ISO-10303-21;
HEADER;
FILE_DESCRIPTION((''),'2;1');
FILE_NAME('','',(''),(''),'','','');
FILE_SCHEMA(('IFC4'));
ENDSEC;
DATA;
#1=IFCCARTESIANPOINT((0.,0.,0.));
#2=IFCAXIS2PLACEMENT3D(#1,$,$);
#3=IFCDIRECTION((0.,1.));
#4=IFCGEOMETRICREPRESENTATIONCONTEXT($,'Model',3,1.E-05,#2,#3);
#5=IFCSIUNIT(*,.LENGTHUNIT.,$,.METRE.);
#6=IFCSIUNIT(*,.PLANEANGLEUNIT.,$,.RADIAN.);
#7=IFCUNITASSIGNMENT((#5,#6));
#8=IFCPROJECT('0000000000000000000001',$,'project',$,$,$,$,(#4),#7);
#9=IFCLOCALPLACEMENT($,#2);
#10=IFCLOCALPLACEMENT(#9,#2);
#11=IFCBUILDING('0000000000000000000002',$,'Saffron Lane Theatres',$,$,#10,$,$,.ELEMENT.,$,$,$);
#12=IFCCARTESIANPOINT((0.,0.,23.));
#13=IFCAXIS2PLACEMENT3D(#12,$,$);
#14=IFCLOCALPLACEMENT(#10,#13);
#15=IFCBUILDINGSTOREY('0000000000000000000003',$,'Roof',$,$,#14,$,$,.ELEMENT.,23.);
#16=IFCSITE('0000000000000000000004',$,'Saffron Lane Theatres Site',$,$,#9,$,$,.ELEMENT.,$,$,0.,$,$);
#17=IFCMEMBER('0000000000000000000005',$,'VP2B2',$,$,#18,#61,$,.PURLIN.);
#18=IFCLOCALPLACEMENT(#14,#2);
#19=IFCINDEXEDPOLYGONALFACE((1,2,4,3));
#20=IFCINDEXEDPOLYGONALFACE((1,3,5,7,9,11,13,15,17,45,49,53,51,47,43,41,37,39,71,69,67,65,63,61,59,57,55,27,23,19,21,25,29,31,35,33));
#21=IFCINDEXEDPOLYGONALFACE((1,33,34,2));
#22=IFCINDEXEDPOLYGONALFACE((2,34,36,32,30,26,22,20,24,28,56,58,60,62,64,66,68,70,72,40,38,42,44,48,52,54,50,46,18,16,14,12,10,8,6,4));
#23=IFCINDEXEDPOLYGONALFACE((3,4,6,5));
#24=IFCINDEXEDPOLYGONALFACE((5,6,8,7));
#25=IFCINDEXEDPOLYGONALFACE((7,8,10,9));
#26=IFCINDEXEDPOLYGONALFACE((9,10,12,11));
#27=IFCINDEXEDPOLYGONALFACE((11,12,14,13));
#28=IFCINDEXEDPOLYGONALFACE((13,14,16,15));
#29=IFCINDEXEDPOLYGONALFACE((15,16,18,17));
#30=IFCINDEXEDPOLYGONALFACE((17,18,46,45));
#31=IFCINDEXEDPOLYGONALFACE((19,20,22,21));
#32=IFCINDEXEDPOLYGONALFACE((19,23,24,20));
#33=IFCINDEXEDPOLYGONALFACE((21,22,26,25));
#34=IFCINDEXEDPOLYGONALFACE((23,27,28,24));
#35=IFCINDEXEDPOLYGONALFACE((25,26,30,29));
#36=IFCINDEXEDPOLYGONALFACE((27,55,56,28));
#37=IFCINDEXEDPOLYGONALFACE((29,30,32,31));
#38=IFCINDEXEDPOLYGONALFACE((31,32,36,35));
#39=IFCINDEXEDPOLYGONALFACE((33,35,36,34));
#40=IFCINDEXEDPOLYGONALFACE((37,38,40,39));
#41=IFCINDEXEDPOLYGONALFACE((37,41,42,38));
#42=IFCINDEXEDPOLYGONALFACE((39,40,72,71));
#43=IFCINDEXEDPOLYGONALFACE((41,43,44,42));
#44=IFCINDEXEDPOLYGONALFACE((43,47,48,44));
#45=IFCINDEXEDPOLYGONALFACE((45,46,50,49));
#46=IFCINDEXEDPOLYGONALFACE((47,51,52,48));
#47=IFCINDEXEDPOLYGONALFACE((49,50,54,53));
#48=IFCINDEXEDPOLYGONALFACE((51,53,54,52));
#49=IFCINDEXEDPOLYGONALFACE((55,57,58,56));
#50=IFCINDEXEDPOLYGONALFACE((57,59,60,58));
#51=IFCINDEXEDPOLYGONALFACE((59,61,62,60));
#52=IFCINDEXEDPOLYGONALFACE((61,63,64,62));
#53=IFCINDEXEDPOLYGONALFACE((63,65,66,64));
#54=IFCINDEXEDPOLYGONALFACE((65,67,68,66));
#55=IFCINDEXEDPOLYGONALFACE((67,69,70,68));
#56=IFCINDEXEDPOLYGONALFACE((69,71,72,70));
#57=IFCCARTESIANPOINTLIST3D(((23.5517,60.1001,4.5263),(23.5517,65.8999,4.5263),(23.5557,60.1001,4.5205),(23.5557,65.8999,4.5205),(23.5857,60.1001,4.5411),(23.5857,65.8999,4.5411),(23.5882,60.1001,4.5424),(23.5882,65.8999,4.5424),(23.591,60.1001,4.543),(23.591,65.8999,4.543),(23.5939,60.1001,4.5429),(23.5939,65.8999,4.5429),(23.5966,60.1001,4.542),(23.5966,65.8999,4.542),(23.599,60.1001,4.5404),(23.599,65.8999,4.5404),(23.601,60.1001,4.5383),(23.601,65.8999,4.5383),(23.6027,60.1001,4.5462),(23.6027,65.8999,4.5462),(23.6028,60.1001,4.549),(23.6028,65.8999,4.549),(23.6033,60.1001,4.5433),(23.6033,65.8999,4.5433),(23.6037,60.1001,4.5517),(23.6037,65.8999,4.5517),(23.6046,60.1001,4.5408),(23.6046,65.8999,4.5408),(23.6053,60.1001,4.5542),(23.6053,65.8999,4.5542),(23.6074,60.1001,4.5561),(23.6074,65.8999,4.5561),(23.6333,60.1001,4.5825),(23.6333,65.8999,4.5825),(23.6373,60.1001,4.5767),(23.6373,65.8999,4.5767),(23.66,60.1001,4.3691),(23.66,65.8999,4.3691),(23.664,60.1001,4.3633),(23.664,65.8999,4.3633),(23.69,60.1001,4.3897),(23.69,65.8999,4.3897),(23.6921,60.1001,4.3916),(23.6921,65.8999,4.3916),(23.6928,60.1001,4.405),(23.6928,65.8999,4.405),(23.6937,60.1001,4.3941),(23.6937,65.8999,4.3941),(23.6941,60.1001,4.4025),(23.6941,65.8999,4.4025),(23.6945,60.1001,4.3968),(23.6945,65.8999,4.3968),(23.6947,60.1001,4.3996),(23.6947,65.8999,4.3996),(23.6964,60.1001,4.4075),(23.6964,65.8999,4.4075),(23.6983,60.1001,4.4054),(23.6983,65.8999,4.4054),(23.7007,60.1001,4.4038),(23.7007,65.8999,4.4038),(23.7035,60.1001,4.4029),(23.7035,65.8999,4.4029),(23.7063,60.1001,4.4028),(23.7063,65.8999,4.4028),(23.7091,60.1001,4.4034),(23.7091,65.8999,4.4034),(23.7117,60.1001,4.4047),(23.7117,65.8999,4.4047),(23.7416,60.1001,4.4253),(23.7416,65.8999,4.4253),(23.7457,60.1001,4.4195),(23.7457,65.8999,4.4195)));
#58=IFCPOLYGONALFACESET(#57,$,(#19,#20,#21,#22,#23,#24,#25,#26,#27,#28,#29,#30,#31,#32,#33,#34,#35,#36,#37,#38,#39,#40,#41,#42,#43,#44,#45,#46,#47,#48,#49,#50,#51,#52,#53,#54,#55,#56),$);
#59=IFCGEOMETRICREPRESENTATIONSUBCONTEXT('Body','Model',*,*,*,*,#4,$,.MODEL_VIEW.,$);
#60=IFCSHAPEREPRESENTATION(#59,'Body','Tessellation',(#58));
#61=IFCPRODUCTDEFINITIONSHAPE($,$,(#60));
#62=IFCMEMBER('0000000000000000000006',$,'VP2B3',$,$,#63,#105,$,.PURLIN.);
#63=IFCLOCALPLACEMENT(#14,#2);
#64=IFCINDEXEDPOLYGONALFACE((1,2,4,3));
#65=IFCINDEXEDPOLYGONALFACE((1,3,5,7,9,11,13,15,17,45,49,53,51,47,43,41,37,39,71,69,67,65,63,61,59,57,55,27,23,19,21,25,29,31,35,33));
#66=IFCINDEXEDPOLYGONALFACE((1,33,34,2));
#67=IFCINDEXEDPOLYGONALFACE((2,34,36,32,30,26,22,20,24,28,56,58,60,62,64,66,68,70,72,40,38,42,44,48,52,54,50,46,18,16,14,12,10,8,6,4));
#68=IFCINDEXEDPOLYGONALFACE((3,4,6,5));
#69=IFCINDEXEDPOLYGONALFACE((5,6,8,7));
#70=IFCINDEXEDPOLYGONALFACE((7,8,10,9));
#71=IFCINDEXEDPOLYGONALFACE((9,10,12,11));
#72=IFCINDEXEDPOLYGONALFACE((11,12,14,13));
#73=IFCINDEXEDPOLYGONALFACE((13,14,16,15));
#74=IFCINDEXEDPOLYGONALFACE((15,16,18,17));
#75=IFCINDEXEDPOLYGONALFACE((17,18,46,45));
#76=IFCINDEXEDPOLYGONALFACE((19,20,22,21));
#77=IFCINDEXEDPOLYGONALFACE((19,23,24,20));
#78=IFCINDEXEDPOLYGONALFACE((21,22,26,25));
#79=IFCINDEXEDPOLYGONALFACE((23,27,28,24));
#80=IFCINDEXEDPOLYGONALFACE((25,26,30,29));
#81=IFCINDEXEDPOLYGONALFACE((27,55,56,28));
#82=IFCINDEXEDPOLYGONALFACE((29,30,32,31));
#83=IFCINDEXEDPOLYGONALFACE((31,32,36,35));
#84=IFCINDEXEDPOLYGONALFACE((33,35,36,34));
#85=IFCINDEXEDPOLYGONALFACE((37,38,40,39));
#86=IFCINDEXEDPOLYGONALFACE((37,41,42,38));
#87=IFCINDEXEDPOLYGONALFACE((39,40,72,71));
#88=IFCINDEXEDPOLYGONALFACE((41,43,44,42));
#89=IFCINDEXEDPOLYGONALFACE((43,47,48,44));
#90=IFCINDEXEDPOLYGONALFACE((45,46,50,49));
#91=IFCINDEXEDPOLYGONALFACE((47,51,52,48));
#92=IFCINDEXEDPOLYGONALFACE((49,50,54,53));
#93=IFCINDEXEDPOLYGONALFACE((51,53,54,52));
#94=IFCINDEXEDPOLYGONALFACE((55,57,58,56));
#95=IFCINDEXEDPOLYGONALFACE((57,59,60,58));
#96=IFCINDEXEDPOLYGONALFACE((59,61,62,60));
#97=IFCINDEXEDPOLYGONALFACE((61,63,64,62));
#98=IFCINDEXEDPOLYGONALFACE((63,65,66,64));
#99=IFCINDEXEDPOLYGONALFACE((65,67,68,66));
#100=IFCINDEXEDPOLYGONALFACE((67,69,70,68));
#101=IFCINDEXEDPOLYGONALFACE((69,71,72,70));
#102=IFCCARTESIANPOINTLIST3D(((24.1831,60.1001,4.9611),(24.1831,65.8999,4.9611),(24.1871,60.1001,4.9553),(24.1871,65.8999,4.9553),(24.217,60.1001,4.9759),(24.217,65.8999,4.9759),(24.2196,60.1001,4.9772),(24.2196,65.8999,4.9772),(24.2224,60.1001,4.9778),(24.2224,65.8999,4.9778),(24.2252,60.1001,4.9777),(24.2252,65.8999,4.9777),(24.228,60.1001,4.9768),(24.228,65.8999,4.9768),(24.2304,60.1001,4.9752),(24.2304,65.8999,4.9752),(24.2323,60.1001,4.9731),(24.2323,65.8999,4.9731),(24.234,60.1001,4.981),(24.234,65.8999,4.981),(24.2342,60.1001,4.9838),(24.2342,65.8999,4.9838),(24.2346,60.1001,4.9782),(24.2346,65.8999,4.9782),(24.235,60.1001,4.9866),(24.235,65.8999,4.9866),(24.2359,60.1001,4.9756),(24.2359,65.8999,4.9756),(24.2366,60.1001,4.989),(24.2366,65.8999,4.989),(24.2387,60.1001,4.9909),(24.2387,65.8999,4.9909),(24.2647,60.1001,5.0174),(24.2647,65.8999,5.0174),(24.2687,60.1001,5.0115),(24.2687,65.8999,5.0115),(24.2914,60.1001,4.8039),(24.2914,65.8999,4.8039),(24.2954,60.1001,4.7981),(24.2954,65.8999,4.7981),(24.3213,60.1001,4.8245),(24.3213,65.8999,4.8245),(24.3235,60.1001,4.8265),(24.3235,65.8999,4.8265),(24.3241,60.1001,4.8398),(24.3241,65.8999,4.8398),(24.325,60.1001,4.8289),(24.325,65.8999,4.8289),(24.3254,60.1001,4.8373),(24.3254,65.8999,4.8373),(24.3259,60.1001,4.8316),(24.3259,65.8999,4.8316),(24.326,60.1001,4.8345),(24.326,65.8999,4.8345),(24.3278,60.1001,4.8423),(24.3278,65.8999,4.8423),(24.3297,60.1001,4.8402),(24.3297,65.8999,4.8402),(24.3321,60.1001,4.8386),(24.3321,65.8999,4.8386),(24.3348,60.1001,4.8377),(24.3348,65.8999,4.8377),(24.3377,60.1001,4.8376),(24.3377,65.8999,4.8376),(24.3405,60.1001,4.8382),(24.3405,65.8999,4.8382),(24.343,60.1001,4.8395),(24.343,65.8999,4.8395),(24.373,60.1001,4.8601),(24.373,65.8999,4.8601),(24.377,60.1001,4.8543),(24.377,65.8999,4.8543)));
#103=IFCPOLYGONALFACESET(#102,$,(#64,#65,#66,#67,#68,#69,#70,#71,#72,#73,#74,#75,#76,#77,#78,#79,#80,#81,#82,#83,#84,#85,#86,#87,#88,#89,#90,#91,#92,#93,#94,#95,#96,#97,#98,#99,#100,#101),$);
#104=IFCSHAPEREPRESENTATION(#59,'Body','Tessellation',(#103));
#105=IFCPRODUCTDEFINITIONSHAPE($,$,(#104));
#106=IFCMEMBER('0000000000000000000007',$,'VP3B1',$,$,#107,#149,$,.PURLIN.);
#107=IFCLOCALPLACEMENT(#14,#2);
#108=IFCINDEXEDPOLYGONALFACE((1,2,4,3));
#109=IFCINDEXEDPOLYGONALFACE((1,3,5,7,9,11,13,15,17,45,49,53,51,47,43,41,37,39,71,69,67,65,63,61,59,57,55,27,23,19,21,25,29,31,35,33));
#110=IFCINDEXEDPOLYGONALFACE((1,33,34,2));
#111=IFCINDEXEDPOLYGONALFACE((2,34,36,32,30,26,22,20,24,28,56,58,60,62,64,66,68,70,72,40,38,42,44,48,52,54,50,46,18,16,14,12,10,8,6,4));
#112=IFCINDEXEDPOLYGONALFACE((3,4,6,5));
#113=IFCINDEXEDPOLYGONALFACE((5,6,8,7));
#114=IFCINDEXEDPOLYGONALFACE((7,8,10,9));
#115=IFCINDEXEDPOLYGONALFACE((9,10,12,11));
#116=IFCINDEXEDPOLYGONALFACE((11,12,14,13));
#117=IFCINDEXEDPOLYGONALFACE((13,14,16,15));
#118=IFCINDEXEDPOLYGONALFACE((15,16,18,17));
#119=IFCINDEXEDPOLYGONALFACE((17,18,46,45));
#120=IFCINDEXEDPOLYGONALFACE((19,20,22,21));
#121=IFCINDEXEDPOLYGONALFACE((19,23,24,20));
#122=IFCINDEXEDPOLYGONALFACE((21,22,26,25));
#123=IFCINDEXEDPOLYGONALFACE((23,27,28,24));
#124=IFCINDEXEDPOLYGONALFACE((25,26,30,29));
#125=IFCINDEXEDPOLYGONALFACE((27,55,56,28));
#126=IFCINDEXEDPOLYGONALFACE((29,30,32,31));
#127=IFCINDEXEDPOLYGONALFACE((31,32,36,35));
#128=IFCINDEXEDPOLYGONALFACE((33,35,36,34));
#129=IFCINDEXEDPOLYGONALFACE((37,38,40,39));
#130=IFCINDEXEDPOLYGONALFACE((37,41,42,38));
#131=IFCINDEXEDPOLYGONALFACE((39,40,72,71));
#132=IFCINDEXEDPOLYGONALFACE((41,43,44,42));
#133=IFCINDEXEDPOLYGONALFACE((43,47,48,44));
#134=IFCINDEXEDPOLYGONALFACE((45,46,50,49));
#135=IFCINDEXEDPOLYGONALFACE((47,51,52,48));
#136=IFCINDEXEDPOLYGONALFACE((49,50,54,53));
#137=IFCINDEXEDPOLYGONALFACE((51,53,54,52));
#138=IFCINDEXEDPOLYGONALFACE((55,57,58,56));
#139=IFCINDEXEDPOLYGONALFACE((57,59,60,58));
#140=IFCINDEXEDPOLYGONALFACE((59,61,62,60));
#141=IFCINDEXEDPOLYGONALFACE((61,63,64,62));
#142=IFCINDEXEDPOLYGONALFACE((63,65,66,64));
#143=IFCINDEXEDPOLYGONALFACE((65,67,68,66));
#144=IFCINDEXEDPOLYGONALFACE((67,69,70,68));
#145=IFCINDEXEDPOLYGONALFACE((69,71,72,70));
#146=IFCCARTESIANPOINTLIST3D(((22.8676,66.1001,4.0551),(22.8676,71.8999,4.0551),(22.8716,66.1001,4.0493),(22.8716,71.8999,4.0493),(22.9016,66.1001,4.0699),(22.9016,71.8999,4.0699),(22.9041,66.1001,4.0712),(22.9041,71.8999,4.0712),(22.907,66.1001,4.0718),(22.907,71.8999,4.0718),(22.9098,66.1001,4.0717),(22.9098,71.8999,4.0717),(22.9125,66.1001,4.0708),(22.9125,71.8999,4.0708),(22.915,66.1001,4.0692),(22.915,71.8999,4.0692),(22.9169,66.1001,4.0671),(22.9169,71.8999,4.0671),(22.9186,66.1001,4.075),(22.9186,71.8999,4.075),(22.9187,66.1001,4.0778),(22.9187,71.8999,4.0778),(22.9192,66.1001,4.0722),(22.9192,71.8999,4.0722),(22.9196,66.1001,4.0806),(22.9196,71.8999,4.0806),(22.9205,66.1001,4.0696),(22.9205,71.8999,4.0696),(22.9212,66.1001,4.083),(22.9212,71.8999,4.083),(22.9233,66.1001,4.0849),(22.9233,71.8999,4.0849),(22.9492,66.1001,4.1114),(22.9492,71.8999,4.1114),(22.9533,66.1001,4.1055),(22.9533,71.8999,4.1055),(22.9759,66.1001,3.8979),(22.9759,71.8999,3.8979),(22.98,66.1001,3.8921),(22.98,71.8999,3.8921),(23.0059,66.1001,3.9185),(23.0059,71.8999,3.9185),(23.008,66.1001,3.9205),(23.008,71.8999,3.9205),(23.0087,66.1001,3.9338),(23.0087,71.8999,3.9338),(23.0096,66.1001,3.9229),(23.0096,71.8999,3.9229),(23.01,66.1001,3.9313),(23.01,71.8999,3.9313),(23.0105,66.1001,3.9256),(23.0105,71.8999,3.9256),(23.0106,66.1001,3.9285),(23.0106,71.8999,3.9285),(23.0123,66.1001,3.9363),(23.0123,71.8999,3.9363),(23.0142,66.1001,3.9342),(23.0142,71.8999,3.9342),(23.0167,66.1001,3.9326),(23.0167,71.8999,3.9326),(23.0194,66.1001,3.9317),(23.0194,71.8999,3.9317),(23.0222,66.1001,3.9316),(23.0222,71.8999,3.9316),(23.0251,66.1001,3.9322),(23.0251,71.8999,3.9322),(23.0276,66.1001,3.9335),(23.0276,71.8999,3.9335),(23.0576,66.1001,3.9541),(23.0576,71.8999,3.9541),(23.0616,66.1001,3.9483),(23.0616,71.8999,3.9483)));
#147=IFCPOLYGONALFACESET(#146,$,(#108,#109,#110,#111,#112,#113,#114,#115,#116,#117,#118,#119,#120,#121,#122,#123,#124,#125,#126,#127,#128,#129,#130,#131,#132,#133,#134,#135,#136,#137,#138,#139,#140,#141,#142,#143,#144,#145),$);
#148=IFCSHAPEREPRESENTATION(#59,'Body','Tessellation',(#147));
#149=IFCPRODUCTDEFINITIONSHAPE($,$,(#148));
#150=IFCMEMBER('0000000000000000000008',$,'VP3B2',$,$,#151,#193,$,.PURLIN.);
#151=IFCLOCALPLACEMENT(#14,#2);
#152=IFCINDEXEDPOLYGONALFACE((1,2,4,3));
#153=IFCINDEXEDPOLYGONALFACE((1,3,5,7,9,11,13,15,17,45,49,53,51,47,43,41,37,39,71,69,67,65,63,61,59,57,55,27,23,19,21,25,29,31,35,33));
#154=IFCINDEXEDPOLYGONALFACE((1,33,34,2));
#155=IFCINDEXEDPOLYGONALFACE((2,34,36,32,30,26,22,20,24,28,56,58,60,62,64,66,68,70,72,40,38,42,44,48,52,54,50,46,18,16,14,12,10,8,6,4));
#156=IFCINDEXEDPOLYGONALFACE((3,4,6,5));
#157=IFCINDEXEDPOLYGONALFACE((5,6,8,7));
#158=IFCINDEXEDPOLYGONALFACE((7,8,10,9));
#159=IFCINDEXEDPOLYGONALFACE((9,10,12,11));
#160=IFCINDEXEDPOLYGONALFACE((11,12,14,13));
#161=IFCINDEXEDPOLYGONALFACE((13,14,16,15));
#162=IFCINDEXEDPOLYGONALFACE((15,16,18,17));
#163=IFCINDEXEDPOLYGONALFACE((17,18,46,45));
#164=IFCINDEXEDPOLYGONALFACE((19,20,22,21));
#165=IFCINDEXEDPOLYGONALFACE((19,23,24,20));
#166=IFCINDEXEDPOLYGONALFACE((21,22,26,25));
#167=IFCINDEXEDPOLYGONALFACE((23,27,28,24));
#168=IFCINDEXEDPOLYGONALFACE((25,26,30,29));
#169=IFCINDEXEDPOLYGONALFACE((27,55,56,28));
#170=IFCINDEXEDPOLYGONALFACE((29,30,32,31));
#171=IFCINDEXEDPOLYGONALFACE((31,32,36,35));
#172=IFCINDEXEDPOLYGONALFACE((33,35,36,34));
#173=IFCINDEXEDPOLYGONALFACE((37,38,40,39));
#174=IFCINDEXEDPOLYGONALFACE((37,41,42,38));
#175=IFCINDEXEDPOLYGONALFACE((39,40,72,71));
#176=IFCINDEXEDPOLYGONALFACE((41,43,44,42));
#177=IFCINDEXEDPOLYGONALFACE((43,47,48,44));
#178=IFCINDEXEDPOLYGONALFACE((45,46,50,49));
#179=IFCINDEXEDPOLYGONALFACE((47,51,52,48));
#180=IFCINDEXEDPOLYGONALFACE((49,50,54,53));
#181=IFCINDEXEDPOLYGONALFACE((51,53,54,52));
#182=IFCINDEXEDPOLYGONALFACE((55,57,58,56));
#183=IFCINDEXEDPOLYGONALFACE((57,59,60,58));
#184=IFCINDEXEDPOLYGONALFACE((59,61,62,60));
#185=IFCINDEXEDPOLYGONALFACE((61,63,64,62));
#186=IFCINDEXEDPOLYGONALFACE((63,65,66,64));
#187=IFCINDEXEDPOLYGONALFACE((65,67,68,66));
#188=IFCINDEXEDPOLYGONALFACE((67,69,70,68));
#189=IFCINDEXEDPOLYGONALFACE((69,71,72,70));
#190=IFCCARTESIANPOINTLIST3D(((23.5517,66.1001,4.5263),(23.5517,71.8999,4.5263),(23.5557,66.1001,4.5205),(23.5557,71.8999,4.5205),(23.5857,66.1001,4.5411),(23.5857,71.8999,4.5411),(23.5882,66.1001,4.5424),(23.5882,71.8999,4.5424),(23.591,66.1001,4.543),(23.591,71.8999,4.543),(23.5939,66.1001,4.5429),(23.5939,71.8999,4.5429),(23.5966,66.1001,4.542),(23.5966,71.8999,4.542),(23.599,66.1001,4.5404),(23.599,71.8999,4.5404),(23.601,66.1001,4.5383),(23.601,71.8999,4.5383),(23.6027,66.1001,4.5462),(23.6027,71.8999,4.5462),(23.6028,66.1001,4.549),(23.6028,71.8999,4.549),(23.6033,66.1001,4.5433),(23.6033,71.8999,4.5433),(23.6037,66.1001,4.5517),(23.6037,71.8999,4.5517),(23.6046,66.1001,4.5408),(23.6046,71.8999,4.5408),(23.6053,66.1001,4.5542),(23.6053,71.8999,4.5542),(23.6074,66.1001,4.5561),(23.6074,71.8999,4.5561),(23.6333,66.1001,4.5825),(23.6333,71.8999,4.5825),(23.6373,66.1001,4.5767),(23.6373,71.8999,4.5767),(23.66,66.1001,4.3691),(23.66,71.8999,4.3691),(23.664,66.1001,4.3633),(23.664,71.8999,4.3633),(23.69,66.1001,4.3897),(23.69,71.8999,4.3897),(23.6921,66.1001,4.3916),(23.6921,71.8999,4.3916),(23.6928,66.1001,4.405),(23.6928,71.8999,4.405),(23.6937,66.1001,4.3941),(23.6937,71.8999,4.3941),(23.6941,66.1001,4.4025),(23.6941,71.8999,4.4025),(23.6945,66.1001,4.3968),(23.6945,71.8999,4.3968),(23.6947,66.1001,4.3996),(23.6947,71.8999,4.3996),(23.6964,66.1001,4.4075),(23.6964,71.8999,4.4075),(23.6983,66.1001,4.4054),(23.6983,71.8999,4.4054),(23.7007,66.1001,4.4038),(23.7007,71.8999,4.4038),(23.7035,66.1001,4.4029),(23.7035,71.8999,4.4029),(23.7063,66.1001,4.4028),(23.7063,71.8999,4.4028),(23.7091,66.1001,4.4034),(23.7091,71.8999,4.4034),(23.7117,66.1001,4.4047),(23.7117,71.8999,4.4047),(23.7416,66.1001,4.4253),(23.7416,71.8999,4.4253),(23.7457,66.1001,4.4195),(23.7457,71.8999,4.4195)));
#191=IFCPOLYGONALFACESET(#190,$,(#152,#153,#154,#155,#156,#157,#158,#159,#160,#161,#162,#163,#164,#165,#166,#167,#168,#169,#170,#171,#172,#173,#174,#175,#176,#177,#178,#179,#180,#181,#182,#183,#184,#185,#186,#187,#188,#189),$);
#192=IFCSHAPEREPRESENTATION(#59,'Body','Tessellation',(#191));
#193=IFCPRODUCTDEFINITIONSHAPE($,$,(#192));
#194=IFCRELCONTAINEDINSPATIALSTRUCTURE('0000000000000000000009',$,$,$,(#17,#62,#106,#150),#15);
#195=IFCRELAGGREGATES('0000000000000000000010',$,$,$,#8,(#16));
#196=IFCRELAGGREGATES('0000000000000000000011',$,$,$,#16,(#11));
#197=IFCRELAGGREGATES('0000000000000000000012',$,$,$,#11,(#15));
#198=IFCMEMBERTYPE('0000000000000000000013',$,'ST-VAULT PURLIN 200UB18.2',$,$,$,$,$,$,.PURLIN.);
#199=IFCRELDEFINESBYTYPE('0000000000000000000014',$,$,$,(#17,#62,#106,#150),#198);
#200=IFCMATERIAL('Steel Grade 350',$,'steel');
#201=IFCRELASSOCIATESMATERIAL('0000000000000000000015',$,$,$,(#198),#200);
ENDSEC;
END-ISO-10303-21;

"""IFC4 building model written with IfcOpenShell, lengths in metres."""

from ifc_helpers import new_model, si_unit, direction, frame, origin, origin_2d, place, context, subcontext, project, spatial, i_section, extrude, material, material_profile, profile_set, type_object, element, save


model = new_model("IFC4")

# Units and contexts
model_context = context("Model", 3, precision=1e-05, world=origin(), true_north=direction((0.0, 1.0)))
body_context = subcontext(model_context, "Body", "Model", "MODEL_VIEW")
ifc_project = project(units=[si_unit("LENGTHUNIT", "METRE"), si_unit("PLANEANGLEUNIT", "RADIAN")], contexts=[model_context])

# Site, building, storey
site_placement = place(None, origin())
site = spatial("IfcSite", under=ifc_project, at=site_placement, Name="Saffron Lane Theatres Site", CompositionType="ELEMENT", RefElevation=0.0)
building_placement = place(site_placement, origin())
building = spatial("IfcBuilding", under=site, at=building_placement, Name="Saffron Lane Theatres", CompositionType="ELEMENT")
storey_placement = place(building_placement, frame((0.0, 0.0, 23.0)))
storey = spatial("IfcBuildingStorey", under=building, at=storey_placement, Name="Roof", CompositionType="ELEMENT", Elevation=23.0)

# Members
ifc_material_1 = material(Name="Steel Grade 350", Category="steel")
ifc_material_profile_1 = material_profile(ifc_material_1, i_section(OverallWidth=0.0991, OverallDepth=0.198, WebThickness=0.0044, FlangeThickness=0.0071, FilletRadius=0.011, at=origin_2d()))
ifc_profile_set_1 = profile_set([ifc_material_profile_1], Name="Steel Grade 350")
member_type_1 = type_object("IfcMemberType", Name="ST-VAULT PURLIN 200UB18.2", PredefinedType="PURLIN", material=ifc_profile_set_1)
for number, where, z_axis, x_axis, name in (
    (1, (23.6487, 60.1001, 4.4729), (0.0, 1.0, 0.0), (0.823487, 0.0, 0.567335), "VP2B2"),
    (2, (24.28, 60.1001, 4.9077), (0.0, 1.0, 0.0), (0.823487, 0.0, 0.567335), "VP2B3"),
    (3, (22.9646, 66.1001, 4.0017), (0.0, 1.0, 0.0), (0.823487, 0.0, 0.567335), "VP3B1"),
    (4, (23.6487, 66.1001, 4.4729), (0.0, 1.0, 0.0), (0.823487, 0.0, 0.567335), "VP3B2"),
):
    element("IfcMember", number, at=place(storey_placement, frame(where, z_axis=z_axis, x_axis=x_axis)), inside=storey, type_object=member_type_1, Name=name, PredefinedType="PURLIN", context=body_context, shape_type="SweptSolid", body=[
        extrude(i_section(OverallWidth=0.0991, OverallDepth=0.198, WebThickness=0.0044, FlangeThickness=0.0071, FilletRadius=0.011, at=origin_2d()), origin(), (0.0, 0.0, 1.0), 5.7998),
    ])

save(model, "model.ifc")
